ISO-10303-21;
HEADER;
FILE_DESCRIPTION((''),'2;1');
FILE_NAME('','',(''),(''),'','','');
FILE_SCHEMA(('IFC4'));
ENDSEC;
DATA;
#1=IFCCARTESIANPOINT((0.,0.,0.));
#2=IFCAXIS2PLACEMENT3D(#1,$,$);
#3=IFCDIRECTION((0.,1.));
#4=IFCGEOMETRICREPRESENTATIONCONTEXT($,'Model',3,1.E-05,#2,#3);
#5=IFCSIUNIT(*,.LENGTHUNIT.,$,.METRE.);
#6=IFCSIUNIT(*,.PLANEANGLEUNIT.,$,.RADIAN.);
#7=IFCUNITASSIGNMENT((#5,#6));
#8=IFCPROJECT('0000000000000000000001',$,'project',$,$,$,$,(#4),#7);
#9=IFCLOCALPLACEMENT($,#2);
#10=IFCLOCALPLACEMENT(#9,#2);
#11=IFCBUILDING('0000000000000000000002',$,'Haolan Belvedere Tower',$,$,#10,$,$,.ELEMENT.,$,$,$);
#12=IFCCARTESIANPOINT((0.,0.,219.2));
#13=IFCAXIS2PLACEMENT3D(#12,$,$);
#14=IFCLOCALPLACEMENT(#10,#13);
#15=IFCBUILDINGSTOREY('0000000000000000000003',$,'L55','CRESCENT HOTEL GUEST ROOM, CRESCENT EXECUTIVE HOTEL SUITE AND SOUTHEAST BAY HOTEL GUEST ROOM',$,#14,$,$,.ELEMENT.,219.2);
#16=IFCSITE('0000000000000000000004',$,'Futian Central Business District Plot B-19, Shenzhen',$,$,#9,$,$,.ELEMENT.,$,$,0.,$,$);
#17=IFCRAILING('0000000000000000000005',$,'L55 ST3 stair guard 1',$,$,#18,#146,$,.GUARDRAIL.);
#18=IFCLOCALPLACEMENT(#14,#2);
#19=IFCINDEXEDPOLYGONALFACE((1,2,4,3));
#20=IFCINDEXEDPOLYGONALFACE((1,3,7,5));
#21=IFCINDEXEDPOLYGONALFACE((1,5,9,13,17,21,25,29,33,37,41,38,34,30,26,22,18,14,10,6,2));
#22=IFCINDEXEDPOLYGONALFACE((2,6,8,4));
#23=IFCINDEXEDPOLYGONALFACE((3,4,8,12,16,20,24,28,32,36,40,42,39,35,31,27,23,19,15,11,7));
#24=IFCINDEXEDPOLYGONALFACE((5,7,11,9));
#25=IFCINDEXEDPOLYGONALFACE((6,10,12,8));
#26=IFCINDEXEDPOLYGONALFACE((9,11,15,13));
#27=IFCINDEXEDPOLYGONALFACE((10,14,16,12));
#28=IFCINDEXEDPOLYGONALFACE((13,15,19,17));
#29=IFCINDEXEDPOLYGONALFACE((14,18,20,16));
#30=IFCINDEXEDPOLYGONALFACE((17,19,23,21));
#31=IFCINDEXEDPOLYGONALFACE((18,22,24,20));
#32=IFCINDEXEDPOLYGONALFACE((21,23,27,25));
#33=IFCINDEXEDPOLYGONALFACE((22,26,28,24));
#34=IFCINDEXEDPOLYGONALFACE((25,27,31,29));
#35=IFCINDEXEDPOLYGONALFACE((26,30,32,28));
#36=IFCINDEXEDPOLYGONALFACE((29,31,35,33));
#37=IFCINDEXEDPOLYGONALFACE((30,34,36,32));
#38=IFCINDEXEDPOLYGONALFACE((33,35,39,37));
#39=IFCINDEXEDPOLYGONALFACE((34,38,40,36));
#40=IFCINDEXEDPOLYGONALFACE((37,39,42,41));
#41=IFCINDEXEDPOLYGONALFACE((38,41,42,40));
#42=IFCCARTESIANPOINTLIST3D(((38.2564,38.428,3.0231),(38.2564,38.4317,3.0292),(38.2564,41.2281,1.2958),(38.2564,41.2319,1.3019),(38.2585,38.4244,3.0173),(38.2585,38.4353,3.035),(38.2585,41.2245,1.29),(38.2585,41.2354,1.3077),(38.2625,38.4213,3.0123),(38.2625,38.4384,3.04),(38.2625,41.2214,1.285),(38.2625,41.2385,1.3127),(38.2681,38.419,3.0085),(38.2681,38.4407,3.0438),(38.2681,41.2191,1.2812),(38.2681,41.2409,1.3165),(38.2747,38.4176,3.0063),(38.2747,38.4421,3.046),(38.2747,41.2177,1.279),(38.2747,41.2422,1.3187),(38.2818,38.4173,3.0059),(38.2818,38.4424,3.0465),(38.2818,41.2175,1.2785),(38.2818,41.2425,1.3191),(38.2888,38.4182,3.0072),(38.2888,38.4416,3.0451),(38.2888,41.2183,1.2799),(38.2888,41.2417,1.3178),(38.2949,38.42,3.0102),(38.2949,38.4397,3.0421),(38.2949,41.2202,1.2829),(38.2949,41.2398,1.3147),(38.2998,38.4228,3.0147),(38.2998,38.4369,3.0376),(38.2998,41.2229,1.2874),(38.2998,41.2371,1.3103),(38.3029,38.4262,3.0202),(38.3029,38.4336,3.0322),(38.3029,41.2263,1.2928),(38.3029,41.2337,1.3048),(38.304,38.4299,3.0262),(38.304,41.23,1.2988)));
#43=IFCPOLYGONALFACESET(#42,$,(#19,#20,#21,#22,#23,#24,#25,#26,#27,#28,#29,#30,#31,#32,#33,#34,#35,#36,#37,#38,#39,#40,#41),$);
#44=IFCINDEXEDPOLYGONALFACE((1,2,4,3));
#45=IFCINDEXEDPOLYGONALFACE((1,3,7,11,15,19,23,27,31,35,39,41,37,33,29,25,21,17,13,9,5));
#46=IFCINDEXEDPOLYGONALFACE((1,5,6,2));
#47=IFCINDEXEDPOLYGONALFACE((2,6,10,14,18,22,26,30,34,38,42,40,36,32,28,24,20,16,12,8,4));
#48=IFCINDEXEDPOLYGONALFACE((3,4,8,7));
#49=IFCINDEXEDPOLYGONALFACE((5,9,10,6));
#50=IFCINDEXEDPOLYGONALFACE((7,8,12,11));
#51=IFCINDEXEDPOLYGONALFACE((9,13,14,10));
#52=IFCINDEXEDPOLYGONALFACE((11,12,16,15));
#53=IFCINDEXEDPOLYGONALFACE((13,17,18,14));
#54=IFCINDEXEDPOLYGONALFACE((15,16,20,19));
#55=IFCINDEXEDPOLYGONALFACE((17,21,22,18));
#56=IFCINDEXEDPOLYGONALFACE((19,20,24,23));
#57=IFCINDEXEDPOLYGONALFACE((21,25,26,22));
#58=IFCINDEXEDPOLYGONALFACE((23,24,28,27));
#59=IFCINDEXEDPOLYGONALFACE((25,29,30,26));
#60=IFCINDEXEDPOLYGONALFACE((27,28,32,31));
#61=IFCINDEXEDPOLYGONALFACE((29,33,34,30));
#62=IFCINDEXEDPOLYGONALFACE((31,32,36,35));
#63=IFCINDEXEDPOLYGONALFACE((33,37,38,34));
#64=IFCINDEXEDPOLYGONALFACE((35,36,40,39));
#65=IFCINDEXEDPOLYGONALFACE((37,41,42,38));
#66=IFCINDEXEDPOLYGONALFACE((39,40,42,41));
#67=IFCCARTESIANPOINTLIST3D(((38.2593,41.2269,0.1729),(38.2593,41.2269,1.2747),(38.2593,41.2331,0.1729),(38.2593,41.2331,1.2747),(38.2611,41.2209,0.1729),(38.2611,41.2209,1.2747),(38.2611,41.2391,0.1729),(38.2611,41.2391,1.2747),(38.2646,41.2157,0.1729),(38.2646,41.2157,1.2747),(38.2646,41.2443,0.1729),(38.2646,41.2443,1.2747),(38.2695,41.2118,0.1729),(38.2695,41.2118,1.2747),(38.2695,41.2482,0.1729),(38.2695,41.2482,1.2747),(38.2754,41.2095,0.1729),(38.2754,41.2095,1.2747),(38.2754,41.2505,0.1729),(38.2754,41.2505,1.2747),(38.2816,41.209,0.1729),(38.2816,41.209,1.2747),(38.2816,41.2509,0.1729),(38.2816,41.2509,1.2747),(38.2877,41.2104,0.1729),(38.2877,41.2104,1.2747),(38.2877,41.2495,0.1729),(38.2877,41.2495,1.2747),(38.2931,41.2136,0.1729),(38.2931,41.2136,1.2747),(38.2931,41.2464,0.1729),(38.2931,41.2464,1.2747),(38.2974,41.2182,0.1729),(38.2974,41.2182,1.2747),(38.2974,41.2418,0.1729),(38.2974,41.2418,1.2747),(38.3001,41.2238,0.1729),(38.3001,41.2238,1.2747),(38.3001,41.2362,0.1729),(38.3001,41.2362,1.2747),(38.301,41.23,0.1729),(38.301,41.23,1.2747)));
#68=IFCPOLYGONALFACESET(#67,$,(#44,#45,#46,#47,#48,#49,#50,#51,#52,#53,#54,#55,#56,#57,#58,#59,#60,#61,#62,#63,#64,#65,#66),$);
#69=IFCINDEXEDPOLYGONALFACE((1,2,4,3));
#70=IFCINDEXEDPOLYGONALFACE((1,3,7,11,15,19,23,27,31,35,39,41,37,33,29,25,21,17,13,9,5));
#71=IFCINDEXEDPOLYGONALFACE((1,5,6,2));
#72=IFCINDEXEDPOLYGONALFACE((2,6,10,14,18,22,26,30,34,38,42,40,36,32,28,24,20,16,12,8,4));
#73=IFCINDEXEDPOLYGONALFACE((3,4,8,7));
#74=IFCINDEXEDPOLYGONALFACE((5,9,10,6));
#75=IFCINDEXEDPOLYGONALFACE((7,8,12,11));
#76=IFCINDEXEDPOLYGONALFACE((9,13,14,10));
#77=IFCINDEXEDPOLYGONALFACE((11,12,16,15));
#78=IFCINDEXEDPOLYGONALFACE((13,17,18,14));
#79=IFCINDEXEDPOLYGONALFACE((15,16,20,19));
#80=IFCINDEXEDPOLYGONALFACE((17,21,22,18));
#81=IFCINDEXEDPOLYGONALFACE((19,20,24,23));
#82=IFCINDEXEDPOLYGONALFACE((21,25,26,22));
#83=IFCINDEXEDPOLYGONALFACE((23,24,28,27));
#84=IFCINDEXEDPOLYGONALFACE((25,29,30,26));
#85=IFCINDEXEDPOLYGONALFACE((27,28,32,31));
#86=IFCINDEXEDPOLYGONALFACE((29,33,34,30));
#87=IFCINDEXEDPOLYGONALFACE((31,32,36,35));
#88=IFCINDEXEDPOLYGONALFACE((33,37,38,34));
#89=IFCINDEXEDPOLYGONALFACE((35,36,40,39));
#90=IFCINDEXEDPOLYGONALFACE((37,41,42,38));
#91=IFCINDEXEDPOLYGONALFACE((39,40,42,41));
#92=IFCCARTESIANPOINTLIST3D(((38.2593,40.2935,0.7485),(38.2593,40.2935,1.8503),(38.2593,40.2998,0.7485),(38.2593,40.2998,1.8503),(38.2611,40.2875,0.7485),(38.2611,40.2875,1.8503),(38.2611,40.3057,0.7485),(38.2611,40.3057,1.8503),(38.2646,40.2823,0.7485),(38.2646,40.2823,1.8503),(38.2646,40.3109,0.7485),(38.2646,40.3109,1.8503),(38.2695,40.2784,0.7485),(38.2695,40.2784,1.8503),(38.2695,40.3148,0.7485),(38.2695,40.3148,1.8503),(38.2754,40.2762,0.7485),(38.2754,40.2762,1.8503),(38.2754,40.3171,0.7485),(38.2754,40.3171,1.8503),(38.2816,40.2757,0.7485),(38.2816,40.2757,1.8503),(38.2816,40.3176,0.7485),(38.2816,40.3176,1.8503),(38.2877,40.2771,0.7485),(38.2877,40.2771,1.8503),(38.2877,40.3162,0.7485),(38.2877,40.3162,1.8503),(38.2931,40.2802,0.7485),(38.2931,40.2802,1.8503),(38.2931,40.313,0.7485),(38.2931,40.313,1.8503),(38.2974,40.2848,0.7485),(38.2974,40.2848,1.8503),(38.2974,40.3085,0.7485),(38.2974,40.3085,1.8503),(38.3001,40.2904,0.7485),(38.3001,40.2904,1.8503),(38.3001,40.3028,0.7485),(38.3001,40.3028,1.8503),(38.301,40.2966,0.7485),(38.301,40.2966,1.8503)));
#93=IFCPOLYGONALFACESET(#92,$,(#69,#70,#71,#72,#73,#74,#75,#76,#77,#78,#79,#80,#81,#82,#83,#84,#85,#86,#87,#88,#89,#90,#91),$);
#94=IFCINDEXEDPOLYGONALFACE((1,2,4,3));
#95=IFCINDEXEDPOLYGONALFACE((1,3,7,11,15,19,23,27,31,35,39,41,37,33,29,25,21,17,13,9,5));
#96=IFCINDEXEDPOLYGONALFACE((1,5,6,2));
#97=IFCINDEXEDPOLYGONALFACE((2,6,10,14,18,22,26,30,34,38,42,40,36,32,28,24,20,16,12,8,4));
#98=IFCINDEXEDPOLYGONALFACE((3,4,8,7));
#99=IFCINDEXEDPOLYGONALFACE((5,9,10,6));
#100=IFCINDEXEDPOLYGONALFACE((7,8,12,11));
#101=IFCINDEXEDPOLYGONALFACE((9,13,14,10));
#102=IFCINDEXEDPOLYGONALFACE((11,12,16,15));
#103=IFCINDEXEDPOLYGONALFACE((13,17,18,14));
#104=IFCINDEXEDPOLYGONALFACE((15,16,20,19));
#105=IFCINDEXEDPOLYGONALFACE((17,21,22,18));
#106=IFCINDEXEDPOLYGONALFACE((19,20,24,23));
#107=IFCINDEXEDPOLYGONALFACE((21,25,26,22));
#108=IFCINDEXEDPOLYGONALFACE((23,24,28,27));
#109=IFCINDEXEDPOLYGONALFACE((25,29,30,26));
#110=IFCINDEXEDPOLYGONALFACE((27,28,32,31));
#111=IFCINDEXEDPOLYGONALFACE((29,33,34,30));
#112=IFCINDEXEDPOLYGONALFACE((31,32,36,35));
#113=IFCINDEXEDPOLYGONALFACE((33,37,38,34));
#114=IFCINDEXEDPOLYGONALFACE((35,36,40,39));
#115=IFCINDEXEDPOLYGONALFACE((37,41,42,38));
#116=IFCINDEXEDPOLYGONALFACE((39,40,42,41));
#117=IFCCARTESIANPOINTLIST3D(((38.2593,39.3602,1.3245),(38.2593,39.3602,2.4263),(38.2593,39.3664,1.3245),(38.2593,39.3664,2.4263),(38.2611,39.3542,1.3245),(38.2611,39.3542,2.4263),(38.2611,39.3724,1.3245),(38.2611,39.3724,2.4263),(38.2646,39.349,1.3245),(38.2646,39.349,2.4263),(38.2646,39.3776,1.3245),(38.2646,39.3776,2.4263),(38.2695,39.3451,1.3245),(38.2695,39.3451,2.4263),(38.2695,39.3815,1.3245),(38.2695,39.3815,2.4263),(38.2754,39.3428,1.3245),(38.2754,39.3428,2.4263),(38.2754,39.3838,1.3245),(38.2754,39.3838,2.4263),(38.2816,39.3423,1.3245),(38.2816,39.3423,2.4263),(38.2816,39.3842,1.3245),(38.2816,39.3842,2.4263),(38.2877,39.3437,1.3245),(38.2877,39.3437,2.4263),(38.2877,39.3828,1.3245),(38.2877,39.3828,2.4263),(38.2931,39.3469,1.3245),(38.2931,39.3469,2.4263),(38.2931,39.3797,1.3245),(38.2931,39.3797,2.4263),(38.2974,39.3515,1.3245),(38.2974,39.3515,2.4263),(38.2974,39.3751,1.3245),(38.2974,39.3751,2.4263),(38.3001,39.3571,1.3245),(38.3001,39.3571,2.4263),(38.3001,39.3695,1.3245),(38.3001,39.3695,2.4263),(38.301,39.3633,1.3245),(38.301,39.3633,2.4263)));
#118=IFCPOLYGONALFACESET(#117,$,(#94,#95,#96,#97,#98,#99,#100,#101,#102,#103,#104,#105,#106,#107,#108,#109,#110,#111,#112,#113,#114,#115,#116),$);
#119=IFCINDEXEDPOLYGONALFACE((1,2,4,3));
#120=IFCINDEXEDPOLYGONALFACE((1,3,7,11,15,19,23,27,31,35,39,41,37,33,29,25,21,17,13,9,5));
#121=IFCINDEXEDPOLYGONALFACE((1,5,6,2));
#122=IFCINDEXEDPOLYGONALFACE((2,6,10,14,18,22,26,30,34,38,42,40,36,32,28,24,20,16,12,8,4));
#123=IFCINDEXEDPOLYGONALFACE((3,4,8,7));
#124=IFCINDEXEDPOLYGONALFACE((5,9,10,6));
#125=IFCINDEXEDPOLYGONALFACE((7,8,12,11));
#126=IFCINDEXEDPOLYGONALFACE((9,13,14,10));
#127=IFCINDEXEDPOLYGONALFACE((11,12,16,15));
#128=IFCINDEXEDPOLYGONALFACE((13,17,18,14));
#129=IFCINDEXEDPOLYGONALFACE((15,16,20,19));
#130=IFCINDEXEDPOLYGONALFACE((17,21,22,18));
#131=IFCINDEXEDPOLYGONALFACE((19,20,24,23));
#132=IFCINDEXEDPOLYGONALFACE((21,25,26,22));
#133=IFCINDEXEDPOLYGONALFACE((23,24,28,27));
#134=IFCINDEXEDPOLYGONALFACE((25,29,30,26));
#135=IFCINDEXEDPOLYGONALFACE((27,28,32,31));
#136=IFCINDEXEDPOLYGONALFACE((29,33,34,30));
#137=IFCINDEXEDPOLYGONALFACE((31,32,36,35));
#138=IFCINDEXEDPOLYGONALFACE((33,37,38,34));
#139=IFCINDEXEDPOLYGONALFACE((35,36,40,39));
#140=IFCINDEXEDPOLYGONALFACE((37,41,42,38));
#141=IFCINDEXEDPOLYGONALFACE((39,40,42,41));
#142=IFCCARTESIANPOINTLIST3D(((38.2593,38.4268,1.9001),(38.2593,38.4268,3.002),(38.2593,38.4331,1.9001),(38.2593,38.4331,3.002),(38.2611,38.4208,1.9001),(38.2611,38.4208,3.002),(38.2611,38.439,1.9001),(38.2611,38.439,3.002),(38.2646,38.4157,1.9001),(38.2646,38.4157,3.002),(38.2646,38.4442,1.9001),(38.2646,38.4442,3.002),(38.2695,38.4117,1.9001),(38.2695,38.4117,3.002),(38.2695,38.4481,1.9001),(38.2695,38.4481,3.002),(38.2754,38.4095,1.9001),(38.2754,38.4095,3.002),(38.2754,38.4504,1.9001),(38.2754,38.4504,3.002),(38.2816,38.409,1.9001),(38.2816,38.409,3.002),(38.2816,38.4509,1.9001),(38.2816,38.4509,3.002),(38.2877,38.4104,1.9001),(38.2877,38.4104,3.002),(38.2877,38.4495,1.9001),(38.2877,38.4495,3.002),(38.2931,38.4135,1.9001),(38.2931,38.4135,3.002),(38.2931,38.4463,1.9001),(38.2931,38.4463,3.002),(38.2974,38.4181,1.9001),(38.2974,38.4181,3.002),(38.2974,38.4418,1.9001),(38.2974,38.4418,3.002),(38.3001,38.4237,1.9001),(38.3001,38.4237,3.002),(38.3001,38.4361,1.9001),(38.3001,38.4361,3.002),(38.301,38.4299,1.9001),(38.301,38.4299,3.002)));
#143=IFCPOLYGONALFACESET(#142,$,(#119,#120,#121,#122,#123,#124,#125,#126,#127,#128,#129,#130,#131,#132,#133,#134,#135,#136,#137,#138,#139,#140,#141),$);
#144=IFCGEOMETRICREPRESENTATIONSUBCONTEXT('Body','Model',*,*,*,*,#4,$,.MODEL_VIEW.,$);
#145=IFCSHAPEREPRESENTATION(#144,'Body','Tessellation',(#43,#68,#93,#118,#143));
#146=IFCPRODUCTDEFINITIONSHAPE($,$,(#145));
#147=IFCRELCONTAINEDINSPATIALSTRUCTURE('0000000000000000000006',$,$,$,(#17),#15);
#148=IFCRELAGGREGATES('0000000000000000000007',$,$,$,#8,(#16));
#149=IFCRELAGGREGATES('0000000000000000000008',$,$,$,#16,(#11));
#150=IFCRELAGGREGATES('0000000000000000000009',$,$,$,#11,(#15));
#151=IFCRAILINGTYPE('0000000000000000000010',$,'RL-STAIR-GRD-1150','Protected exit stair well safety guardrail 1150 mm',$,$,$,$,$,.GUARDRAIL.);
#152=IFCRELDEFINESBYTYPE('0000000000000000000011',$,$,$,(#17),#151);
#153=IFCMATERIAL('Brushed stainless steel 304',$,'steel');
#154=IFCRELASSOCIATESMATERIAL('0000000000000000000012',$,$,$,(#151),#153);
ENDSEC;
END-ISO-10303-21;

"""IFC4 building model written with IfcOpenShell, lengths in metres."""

from ifc_helpers import new_model, si_unit, direction, frame, origin, origin_2d, place, context, subcontext, project, spatial, circle, extrude, material, type_object, element, save


model = new_model("IFC4")

# Units and contexts
model_context = context("Model", 3, precision=1e-05, world=origin(), true_north=direction((0.0, 1.0)))
body_context = subcontext(model_context, "Body", "Model", "MODEL_VIEW")
ifc_project = project(units=[si_unit("LENGTHUNIT", "METRE"), si_unit("PLANEANGLEUNIT", "RADIAN")], contexts=[model_context])

# Site, building, storey
site_placement = place(None, origin())
site = spatial("IfcSite", under=ifc_project, at=site_placement, Name="Futian Central Business District Plot B-19, Shenzhen", CompositionType="ELEMENT", RefElevation=0.0)
building_placement = place(site_placement, origin())
building = spatial("IfcBuilding", under=site, at=building_placement, Name="Haolan Belvedere Tower", CompositionType="ELEMENT")
storey_placement = place(building_placement, frame((0.0, 0.0, 219.2)))
storey = spatial("IfcBuildingStorey", under=building, at=storey_placement, Name="L55", Description="CRESCENT HOTEL GUEST ROOM, CRESCENT EXECUTIVE HOTEL SUITE AND SOUTHEAST BAY HOTEL GUEST ROOM", CompositionType="ELEMENT", Elevation=219.2)

# Railing
ifc_material_1 = material(Name="Brushed stainless steel 304", Category="steel")
railing_type = type_object("IfcRailingType", Name="RL-STAIR-GRD-1150", Description="Protected exit stair well safety guardrail 1150 mm", PredefinedType="GUARDRAIL", material=ifc_material_1)
railing_1_placement = place(storey_placement, frame((38.28, 41.23, 0.1729)))
element("IfcRailing", 1, at=railing_1_placement, inside=storey, type_object=railing_type, Name="L55 ST3 stair guard 1", PredefinedType="GUARDRAIL", context=body_context, shape_type="SweptSolid", body=[
    extrude(circle(Radius=0.0239, at=origin_2d()), frame((0.0, 0.0, 1.126), z_axis=(0.0, -0.85109, 0.52502), x_axis=(1.0, 0.0, 0.0)), (0.0, 0.0, 1.0), 3.29),
    extrude(circle(Radius=0.021, at=origin_2d()), origin(), (0.0, 0.0, 1.0), 1.1018),
    extrude(circle(Radius=0.021, at=origin_2d()), frame((0.0, -0.9333, 0.5757)), (0.0, 0.0, 1.0), 1.1018),
    extrude(circle(Radius=0.021, at=origin_2d()), frame((0.0, -1.8667, 1.1516)), (0.0, 0.0, 1.0), 1.1018),
    extrude(circle(Radius=0.021, at=origin_2d()), frame((0.0, -2.8, 1.7273)), (0.0, 0.0, 1.0), 1.1018),
])

save(model, "model.ifc")
